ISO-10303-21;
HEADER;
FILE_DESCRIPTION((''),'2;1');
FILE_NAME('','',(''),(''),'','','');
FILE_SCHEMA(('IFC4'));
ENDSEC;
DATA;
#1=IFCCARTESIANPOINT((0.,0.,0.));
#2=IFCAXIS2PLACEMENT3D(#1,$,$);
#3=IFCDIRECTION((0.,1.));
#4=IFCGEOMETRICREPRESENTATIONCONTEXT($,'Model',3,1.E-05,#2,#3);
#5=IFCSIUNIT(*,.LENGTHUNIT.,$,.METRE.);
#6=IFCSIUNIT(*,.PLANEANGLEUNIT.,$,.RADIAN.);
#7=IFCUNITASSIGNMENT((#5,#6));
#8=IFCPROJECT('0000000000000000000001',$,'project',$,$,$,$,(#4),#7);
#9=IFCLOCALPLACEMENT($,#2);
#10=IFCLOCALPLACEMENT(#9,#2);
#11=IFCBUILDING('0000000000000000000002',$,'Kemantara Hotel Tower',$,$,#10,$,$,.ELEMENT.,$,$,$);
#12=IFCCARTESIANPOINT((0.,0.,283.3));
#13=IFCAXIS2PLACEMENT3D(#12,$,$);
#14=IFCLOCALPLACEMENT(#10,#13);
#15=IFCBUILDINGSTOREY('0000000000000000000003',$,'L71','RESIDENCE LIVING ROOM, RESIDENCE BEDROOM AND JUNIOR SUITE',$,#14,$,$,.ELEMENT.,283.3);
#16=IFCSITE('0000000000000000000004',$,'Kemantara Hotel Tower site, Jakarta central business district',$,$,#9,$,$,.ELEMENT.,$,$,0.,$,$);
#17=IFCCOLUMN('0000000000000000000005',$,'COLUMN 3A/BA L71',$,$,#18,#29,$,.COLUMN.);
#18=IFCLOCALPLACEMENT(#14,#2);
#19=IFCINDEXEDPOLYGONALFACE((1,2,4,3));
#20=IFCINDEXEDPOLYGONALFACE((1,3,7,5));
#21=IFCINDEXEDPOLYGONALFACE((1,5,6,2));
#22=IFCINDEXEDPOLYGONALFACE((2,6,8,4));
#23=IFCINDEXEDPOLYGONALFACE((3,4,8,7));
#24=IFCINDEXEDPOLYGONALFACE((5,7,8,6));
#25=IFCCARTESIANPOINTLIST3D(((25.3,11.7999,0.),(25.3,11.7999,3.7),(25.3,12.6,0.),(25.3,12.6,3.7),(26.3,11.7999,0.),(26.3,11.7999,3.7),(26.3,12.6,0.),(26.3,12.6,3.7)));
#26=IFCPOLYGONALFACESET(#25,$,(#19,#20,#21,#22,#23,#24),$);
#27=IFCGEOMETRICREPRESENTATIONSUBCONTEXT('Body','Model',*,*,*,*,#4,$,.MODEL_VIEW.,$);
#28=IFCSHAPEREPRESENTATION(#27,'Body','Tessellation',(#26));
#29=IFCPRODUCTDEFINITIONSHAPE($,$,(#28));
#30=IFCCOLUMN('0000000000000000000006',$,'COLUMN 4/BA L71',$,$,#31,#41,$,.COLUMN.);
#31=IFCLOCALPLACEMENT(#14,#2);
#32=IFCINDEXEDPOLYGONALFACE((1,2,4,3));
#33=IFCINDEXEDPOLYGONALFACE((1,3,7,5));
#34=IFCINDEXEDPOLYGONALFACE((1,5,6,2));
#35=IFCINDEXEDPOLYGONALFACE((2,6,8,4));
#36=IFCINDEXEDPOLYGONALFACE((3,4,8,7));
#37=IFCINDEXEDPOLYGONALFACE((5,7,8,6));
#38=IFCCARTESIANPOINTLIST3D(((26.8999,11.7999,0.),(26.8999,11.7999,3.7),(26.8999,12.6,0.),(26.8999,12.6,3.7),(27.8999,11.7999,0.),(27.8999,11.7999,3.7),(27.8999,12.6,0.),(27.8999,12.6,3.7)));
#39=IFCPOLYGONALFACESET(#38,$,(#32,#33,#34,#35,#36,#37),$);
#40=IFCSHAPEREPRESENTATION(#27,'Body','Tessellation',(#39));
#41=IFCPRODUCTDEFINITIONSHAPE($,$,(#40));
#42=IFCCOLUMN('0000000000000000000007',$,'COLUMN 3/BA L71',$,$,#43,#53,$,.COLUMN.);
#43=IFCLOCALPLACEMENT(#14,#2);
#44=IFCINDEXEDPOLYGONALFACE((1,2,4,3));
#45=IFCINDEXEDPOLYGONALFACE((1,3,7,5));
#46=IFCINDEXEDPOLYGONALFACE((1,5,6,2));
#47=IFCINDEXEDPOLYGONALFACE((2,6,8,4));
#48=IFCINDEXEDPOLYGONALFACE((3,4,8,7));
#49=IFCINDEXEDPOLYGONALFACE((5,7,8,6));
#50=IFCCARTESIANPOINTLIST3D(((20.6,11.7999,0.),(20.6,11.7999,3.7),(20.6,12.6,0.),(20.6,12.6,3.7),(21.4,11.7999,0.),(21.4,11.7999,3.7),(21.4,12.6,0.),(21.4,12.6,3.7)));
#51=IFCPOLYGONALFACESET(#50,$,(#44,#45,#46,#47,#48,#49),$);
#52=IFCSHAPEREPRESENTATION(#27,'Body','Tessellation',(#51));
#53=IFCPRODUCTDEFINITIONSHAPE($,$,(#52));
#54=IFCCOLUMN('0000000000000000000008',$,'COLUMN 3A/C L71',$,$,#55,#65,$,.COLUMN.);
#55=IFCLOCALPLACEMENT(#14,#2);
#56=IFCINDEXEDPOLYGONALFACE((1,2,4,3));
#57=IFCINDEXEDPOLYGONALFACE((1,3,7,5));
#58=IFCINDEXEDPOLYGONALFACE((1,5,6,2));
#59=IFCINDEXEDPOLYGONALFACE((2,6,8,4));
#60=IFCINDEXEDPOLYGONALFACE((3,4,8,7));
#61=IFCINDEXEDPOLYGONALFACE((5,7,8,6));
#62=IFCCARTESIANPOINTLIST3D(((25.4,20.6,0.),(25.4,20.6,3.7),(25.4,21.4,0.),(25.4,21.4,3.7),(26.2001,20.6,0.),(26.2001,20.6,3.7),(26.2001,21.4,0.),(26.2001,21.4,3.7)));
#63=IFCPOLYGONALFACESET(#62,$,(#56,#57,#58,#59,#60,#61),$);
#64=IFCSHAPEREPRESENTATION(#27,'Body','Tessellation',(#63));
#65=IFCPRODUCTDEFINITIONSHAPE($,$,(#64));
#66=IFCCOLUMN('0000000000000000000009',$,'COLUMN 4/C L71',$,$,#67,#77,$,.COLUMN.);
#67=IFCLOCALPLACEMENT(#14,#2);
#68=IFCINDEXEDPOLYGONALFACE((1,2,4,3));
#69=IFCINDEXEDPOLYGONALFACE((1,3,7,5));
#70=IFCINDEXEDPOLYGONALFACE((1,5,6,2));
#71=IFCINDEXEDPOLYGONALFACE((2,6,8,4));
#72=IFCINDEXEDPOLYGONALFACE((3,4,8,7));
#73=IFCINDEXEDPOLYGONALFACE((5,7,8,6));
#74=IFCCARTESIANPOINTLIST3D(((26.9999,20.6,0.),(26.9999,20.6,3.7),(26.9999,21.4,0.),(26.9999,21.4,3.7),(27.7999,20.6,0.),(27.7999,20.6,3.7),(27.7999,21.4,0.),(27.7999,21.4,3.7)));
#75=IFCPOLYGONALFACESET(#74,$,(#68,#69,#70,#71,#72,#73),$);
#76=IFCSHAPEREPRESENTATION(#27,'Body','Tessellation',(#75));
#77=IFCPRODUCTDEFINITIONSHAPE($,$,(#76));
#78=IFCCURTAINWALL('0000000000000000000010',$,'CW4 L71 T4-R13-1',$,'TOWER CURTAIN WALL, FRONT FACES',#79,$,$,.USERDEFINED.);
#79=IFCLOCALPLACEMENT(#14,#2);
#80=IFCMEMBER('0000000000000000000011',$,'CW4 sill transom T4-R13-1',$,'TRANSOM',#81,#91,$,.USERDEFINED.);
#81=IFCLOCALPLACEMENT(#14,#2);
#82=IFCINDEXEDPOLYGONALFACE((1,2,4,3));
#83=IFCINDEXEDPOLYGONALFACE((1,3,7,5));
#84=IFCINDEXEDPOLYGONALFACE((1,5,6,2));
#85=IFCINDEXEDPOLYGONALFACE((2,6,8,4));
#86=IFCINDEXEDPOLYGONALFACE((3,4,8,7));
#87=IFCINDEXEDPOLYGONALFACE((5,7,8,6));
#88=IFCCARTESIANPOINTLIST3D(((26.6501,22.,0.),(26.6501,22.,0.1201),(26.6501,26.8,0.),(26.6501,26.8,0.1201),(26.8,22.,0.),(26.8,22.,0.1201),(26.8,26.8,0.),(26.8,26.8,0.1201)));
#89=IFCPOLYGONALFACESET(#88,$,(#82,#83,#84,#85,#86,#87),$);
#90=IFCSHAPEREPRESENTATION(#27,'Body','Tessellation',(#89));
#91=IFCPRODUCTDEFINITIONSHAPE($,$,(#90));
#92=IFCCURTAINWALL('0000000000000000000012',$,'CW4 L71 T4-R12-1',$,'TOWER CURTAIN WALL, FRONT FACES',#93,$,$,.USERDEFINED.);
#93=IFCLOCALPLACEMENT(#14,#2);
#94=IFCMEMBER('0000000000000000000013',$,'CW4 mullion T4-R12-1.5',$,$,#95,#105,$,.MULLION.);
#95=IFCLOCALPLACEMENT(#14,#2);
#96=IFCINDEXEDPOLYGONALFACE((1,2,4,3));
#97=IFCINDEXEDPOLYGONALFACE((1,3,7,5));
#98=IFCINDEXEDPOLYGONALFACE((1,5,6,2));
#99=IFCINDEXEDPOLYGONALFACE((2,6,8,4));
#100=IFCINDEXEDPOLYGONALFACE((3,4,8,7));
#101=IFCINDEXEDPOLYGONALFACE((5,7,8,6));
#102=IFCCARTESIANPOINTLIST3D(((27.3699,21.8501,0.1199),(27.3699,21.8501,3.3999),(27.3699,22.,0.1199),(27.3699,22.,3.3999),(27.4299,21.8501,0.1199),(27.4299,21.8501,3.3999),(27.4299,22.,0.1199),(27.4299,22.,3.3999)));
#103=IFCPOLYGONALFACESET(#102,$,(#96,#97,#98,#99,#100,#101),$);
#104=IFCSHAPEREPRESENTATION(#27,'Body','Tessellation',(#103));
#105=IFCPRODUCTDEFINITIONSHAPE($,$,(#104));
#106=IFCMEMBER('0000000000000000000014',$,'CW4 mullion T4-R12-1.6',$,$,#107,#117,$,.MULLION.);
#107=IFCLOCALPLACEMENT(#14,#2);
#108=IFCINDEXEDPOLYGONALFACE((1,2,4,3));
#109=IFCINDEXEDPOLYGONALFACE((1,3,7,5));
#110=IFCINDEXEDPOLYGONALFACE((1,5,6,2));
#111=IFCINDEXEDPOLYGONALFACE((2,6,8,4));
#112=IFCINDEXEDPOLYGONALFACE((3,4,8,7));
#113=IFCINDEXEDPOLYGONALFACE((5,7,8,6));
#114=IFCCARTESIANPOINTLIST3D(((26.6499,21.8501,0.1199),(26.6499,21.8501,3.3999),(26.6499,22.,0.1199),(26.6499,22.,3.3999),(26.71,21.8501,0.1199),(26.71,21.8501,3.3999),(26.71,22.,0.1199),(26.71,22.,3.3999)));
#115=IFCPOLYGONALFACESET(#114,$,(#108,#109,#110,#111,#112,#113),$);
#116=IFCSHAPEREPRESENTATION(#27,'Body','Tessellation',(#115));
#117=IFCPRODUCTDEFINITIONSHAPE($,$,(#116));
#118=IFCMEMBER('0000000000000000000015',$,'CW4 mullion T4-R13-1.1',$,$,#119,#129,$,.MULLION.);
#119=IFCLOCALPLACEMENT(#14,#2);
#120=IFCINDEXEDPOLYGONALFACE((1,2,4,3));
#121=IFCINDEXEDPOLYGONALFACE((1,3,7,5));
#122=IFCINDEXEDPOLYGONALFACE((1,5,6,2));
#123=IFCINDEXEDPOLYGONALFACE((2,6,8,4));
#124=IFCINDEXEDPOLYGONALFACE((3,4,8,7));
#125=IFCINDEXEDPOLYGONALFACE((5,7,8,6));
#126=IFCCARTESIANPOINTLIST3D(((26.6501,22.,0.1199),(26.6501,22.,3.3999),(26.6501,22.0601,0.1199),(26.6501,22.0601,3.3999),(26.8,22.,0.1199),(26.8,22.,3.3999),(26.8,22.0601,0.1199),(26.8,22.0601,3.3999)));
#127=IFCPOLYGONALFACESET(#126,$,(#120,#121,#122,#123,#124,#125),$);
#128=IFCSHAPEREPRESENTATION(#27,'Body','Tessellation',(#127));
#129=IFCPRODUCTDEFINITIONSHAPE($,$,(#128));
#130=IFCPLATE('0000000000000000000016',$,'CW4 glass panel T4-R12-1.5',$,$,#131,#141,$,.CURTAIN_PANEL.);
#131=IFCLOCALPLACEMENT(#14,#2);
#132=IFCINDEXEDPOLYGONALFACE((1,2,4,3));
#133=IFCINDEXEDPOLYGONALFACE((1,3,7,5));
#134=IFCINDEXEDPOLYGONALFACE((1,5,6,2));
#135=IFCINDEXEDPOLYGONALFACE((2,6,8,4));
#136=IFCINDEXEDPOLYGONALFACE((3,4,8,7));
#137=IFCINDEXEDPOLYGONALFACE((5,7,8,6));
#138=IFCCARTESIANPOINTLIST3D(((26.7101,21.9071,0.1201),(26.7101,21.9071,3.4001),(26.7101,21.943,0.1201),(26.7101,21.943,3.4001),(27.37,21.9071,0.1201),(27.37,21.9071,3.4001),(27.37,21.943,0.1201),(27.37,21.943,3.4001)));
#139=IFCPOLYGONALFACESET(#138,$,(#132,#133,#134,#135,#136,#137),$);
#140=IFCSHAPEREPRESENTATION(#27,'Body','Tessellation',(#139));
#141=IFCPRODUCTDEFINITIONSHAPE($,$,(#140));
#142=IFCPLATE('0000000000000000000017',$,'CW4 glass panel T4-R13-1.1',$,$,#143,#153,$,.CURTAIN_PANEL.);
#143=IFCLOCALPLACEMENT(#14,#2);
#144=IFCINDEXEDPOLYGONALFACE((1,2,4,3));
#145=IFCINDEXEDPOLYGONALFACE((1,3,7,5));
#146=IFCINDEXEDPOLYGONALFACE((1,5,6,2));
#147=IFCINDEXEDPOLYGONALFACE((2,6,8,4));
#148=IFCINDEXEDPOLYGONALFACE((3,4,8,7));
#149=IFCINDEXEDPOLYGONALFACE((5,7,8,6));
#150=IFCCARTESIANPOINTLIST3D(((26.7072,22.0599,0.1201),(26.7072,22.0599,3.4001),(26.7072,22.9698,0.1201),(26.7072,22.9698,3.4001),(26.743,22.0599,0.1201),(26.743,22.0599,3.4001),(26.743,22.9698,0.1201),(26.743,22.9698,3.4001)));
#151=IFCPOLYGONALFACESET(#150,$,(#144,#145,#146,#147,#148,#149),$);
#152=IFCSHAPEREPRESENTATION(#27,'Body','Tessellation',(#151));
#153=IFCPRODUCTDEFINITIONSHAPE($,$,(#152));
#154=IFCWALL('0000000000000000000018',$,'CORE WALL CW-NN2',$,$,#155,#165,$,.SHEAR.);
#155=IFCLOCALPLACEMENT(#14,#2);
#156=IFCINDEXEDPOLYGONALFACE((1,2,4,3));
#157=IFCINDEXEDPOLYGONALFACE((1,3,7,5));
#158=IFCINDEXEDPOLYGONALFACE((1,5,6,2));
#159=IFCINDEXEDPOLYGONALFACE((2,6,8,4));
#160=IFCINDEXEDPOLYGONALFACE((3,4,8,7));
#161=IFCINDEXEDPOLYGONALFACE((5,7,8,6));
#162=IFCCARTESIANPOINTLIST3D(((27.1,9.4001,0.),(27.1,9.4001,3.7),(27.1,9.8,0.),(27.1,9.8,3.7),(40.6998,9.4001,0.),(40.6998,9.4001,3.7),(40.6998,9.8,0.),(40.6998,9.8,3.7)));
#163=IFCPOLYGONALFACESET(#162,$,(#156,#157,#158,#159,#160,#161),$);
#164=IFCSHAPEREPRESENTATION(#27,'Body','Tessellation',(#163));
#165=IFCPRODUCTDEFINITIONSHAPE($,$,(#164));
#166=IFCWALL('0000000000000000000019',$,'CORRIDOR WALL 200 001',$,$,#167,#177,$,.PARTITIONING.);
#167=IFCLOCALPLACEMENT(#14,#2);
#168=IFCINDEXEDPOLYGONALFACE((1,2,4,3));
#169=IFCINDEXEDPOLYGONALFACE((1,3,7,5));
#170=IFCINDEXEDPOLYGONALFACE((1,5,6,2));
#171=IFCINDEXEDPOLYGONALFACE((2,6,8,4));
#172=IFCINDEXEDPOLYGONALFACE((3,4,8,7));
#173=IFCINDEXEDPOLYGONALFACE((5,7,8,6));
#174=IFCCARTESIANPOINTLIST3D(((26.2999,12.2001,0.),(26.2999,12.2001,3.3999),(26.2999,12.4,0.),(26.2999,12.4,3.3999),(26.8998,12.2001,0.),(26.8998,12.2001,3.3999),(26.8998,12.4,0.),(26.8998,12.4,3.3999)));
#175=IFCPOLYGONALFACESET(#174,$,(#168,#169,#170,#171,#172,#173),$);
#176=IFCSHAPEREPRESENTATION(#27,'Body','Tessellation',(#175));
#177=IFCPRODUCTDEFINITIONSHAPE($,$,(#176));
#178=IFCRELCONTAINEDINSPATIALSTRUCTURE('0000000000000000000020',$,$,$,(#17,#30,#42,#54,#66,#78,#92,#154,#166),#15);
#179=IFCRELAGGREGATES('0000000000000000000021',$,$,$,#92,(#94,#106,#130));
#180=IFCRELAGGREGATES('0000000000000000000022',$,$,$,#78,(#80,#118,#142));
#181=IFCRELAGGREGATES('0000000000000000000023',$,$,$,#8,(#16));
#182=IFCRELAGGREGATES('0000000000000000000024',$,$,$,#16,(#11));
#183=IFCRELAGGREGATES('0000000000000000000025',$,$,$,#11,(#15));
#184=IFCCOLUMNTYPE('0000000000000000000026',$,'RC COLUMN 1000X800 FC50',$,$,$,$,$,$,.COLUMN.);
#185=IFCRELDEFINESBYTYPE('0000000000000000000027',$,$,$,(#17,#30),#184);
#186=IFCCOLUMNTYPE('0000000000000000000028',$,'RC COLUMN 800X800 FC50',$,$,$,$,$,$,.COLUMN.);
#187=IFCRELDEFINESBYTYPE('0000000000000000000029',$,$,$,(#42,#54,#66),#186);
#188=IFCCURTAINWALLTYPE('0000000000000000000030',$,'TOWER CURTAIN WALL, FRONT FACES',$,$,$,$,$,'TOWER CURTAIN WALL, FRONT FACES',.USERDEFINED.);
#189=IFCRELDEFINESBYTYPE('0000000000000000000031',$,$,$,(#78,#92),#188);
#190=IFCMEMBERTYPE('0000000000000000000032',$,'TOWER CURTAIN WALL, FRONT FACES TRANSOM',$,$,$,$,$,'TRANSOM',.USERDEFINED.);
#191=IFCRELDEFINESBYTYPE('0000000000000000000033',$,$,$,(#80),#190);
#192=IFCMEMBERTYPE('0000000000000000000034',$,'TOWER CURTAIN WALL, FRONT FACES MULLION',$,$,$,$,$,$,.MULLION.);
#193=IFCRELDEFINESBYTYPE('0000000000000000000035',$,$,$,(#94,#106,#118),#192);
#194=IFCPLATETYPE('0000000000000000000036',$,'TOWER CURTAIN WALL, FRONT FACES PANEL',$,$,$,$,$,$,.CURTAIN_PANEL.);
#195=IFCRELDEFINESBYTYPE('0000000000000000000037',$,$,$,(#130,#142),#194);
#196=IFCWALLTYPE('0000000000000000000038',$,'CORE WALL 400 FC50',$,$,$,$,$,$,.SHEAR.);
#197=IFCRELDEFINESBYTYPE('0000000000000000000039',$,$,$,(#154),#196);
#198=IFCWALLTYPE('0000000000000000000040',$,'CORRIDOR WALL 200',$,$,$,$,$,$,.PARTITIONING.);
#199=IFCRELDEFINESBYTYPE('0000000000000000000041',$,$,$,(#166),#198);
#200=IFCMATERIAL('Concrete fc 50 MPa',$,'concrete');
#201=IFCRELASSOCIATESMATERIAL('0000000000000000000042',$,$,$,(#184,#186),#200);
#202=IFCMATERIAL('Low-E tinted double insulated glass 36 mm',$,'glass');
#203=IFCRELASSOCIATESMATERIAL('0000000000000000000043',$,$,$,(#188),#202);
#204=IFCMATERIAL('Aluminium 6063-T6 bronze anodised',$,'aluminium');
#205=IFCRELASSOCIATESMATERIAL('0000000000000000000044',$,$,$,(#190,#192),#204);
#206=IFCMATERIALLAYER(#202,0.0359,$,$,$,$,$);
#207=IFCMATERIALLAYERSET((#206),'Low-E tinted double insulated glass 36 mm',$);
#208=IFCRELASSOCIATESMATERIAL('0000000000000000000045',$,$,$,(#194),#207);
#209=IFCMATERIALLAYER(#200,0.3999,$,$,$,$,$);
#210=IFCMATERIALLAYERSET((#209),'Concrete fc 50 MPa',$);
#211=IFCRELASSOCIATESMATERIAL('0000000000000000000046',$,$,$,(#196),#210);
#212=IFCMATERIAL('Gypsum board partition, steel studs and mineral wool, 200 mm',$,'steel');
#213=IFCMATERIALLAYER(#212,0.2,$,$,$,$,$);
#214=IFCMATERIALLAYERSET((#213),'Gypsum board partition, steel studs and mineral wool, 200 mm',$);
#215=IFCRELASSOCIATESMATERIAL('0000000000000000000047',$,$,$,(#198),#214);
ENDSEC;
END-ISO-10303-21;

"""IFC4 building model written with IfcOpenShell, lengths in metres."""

from ifc_helpers import new_model, si_unit, direction, frame, frame_2d, origin, origin_2d, place, context, subcontext, project, spatial, rectangle, extrude, source, transform, mapped, material, layer, layer_set, material_profile, profile_set, type_object, element, aggregate, save


model = new_model("IFC4")

# Units and contexts
model_context = context("Model", 3, precision=1e-05, world=origin(), true_north=direction((0.0, 1.0)))
body_context = subcontext(model_context, "Body", "Model", "MODEL_VIEW")
ifc_project = project(units=[si_unit("LENGTHUNIT", "METRE"), si_unit("PLANEANGLEUNIT", "RADIAN")], contexts=[model_context])

# Site, building, storey
site_placement = place(None, origin())
site = spatial("IfcSite", under=ifc_project, at=site_placement, Name="Kemantara Hotel Tower site, Jakarta central business district", CompositionType="ELEMENT", RefElevation=0.0)
building_placement = place(site_placement, origin())
building = spatial("IfcBuilding", under=site, at=building_placement, Name="Kemantara Hotel Tower", CompositionType="ELEMENT")
storey_placement = place(building_placement, frame((0.0, 0.0, 283.3)))
storey = spatial("IfcBuildingStorey", under=building, at=storey_placement, Name="L71", Description="RESIDENCE LIVING ROOM, RESIDENCE BEDROOM AND JUNIOR SUITE", CompositionType="ELEMENT", Elevation=283.3)

# Columns
ifc_material_1 = material(Name="Concrete fc 50 MPa", Category="concrete")
ifc_material_profile_1 = material_profile(ifc_material_1, rectangle(XDim=1.0, YDim=0.8, at=origin_2d()), Name="RC 1000X800")
ifc_profile_set_1 = profile_set([ifc_material_profile_1], Name="Concrete fc 50 MPa")
column_type_1 = type_object("IfcColumnType", Name="RC COLUMN 1000X800 FC50", PredefinedType="COLUMN", material=ifc_profile_set_1)
for number, where, z_axis, x_axis, name in (
    (1, (25.8, 12.2, 0.0), (0.0, 0.0, 1.0), (1.0, 0.0, 0.0), "COLUMN 3A/BA L71"),
    (2, (27.3999, 12.2, 0.0), (0.0, 0.0, 1.0), (1.0, 0.0, 0.0), "COLUMN 4/BA L71"),
):
    element("IfcColumn", number, at=place(storey_placement, frame(where, z_axis=z_axis, x_axis=x_axis)), inside=storey, type_object=column_type_1, Name=name, PredefinedType="COLUMN", context=body_context, shape_type="SweptSolid", body=[
        extrude(rectangle(XDim=1.0, YDim=0.8, at=origin_2d()), origin(), (0.0, 0.0, 1.0), 3.7),
    ])
ifc_material_profile_2 = material_profile(ifc_material_1, rectangle(XDim=0.8, YDim=0.8, at=origin_2d()), Name="RC 800X800")
ifc_profile_set_2 = profile_set([ifc_material_profile_2], Name="Concrete fc 50 MPa")
column_type_2 = type_object("IfcColumnType", Name="RC COLUMN 800X800 FC50", PredefinedType="COLUMN", material=ifc_profile_set_2)
for number, where, z_axis, x_axis, name in (
    (3, (21.0, 12.2, 0.0), (0.0, 0.0, 1.0), (1.0, 0.0, 0.0), "COLUMN 3/BA L71"),
    (4, (25.8, 21.0, 0.0), (0.0, 0.0, 1.0), (1.0, 0.0, 0.0), "COLUMN 3A/C L71"),
    (5, (27.3999, 21.0, 0.0), (0.0, 0.0, 1.0), (1.0, 0.0, 0.0), "COLUMN 4/C L71"),
):
    element("IfcColumn", number, at=place(storey_placement, frame(where, z_axis=z_axis, x_axis=x_axis)), inside=storey, type_object=column_type_2, Name=name, PredefinedType="COLUMN", context=body_context, shape_type="SweptSolid", body=[
        extrude(rectangle(XDim=0.8, YDim=0.8, at=origin_2d()), origin(), (0.0, 0.0, 1.0), 3.7),
    ])

# Curtain wall, member
ifc_material_2 = material(Name="Low-E tinted double insulated glass 36 mm", Category="glass")
curtain_wall_type = type_object("IfcCurtainWallType", Name="TOWER CURTAIN WALL, FRONT FACES", ElementType="TOWER CURTAIN WALL, FRONT FACES", PredefinedType="USERDEFINED", material=ifc_material_2)
curtain_wall_1_placement = place(storey_placement, origin())
curtain_wall_1 = element("IfcCurtainWall", 6, at=curtain_wall_1_placement, inside=storey, type_object=curtain_wall_type, Name="CW4 L71 T4-R13-1", ObjectType="TOWER CURTAIN WALL, FRONT FACES", PredefinedType="USERDEFINED")
ifc_material_3 = material(Name="Aluminium 6063-T6 bronze anodised", Category="aluminium")
ifc_material_profile_3 = material_profile(ifc_material_3, rectangle(XDim=0.1499, YDim=0.1201, at=origin_2d()), Name="TOWER CURTAIN WALL, FRONT FACES TRANSOM")
ifc_profile_set_3 = profile_set([ifc_material_profile_3], Name="Aluminium 6063-T6 bronze anodised")
member_type_1 = type_object("IfcMemberType", Name="TOWER CURTAIN WALL, FRONT FACES TRANSOM", ElementType="TRANSOM", PredefinedType="USERDEFINED", material=ifc_profile_set_3)
member_1_placement = place(storey_placement, frame((26.7251, 22.0, 0.0601), z_axis=(0.0, 1.0, 0.0), x_axis=(-1.0, 0.0, 0.0)))
member_1 = element("IfcMember", 7, at=member_1_placement, type_object=member_type_1, Name="CW4 sill transom T4-R13-1", ObjectType="TRANSOM", PredefinedType="USERDEFINED", context=body_context, shape_type="SweptSolid", body=[
    extrude(rectangle(XDim=0.1499, YDim=0.1201, at=origin_2d()), origin(), (0.0, 0.0, 1.0), 4.8),
])

# Curtain wall, members
curtain_wall_2_placement = place(storey_placement, origin())
curtain_wall_2 = element("IfcCurtainWall", 8, at=curtain_wall_2_placement, inside=storey, type_object=curtain_wall_type, Name="CW4 L71 T4-R12-1", ObjectType="TOWER CURTAIN WALL, FRONT FACES", PredefinedType="USERDEFINED")
ifc_material_profile_4 = material_profile(ifc_material_3, rectangle(XDim=0.1499, YDim=0.0601, at=origin_2d()), Name="TOWER CURTAIN WALL, FRONT FACES MULLION")
ifc_profile_set_4 = profile_set([ifc_material_profile_4], Name="Aluminium 6063-T6 bronze anodised")
member_type_2 = type_object("IfcMemberType", Name="TOWER CURTAIN WALL, FRONT FACES MULLION", PredefinedType="MULLION", material=ifc_profile_set_4)
shared_shape_1 = source(origin(), body_context, "Body", "SweptSolid", [
    extrude(rectangle(XDim=0.1499, YDim=0.0601, at=origin_2d()), origin(), (0.0, 0.0, 1.0), 3.28),
])
member_2_placement = place(storey_placement, frame((27.3999, 21.925, 0.1199), z_axis=(0.0, 0.0, 1.0), x_axis=(0.0, -1.0, 0.0)))
member_2 = element("IfcMember", 9, at=member_2_placement, type_object=member_type_2, Name="CW4 mullion T4-R12-1.5", PredefinedType="MULLION", context=body_context, shape_type="MappedRepresentation", body=[
    mapped(shared_shape_1, transform((0.0, 0.0, 0.0))),
])
member_3_placement = place(storey_placement, frame((26.6799, 21.925, 0.1199), z_axis=(0.0, 0.0, 1.0), x_axis=(0.0, -1.0, 0.0)))
member_3 = element("IfcMember", 10, at=member_3_placement, type_object=member_type_2, Name="CW4 mullion T4-R12-1.6", PredefinedType="MULLION", context=body_context, shape_type="MappedRepresentation", body=[
    mapped(shared_shape_1, transform((0.0, 0.0, 0.0))),
])

# Member
member_4_placement = place(storey_placement, frame((26.7251, 22.03, 0.1199), z_axis=(0.0, 0.0, 1.0), x_axis=(-1.0, 0.0, 0.0)))
member_4 = element("IfcMember", 11, at=member_4_placement, type_object=member_type_2, Name="CW4 mullion T4-R13-1.1", PredefinedType="MULLION", context=body_context, shape_type="MappedRepresentation", body=[
    mapped(shared_shape_1, transform((0.0, 0.0, 0.0))),
])

# Plates
ifc_layer_1 = layer(ifc_material_2, 0.0359)
ifc_layer_set_1 = layer_set([ifc_layer_1], Name="Low-E tinted double insulated glass 36 mm")
plate_type = type_object("IfcPlateType", Name="TOWER CURTAIN WALL, FRONT FACES PANEL", PredefinedType="CURTAIN_PANEL", material=ifc_layer_set_1)
shared_shape_2 = source(origin(), body_context, "Body", "SweptSolid", [
    extrude(rectangle(XDim=0.6599, YDim=0.0359, at=origin_2d()), origin(), (0.0, 0.0, 1.0), 3.28),
])
plate_1_placement = place(storey_placement, frame((27.04, 21.925, 0.1201), z_axis=(0.0, 0.0, 1.0), x_axis=(-1.0, 0.0, 0.0)))
plate_1 = element("IfcPlate", 12, at=plate_1_placement, type_object=plate_type, Name="CW4 glass panel T4-R12-1.5", PredefinedType="CURTAIN_PANEL", context=body_context, shape_type="MappedRepresentation", body=[
    mapped(shared_shape_2, transform((0.0, 0.0, 0.0))),
])
aggregate(curtain_wall_2, [member_2, member_3, plate_1])
shared_shape_3 = source(origin(), body_context, "Body", "SweptSolid", [
    extrude(rectangle(XDim=0.9099, YDim=0.0359, at=origin_2d()), origin(), (0.0, 0.0, 1.0), 3.28),
])
plate_2_placement = place(storey_placement, frame((26.7251, 22.5149, 0.1201), z_axis=(0.0, 0.0, 1.0), x_axis=(0.0, 1.0, 0.0)))
plate_2 = element("IfcPlate", 13, at=plate_2_placement, type_object=plate_type, Name="CW4 glass panel T4-R13-1.1", PredefinedType="CURTAIN_PANEL", context=body_context, shape_type="MappedRepresentation", body=[
    mapped(shared_shape_3, transform((0.0, 0.0, 0.0))),
])
aggregate(curtain_wall_1, [member_1, member_4, plate_2])

# Walls
ifc_layer_2 = layer(ifc_material_1, 0.3999)
ifc_layer_set_2 = layer_set([ifc_layer_2], Name="Concrete fc 50 MPa")
wall_type_1 = type_object("IfcWallType", Name="CORE WALL 400 FC50", PredefinedType="SHEAR", material=ifc_layer_set_2)
wall_1_placement = place(storey_placement, frame((27.1001, 9.6001, 0.0), z_axis=(0.0, 0.0, 1.0), x_axis=(1.0, 0.0, 0.0)))
element("IfcWall", 14, at=wall_1_placement, inside=storey, type_object=wall_type_1, Name="CORE WALL CW-NN2", PredefinedType="SHEAR", context=body_context, shape_type="SweptSolid", body=[
    extrude(rectangle(XDim=13.5999, YDim=0.3999, at=frame_2d((6.7998, 0.0))), origin(), (0.0, 0.0, 1.0), 3.7),
])
ifc_material_4 = material(Name="Gypsum board partition, steel studs and mineral wool, 200 mm", Category="steel")
ifc_layer_3 = layer(ifc_material_4, 0.2)
ifc_layer_set_3 = layer_set([ifc_layer_3], Name="Gypsum board partition, steel studs and mineral wool, 200 mm")
wall_type_2 = type_object("IfcWallType", Name="CORRIDOR WALL 200", PredefinedType="PARTITIONING", material=ifc_layer_set_3)
wall_2_placement = place(storey_placement, frame((26.3, 12.3, 0.0), z_axis=(0.0, 0.0, 1.0), x_axis=(1.0, 0.0, 0.0)))
element("IfcWall", 15, at=wall_2_placement, inside=storey, type_object=wall_type_2, Name="CORRIDOR WALL 200 001", PredefinedType="PARTITIONING", context=body_context, shape_type="SweptSolid", body=[
    extrude(rectangle(XDim=0.5999, YDim=0.2, at=frame_2d((0.2998, 0.0))), origin(), (0.0, 0.0, 1.0), 3.3999),
])

save(model, "model.ifc")
